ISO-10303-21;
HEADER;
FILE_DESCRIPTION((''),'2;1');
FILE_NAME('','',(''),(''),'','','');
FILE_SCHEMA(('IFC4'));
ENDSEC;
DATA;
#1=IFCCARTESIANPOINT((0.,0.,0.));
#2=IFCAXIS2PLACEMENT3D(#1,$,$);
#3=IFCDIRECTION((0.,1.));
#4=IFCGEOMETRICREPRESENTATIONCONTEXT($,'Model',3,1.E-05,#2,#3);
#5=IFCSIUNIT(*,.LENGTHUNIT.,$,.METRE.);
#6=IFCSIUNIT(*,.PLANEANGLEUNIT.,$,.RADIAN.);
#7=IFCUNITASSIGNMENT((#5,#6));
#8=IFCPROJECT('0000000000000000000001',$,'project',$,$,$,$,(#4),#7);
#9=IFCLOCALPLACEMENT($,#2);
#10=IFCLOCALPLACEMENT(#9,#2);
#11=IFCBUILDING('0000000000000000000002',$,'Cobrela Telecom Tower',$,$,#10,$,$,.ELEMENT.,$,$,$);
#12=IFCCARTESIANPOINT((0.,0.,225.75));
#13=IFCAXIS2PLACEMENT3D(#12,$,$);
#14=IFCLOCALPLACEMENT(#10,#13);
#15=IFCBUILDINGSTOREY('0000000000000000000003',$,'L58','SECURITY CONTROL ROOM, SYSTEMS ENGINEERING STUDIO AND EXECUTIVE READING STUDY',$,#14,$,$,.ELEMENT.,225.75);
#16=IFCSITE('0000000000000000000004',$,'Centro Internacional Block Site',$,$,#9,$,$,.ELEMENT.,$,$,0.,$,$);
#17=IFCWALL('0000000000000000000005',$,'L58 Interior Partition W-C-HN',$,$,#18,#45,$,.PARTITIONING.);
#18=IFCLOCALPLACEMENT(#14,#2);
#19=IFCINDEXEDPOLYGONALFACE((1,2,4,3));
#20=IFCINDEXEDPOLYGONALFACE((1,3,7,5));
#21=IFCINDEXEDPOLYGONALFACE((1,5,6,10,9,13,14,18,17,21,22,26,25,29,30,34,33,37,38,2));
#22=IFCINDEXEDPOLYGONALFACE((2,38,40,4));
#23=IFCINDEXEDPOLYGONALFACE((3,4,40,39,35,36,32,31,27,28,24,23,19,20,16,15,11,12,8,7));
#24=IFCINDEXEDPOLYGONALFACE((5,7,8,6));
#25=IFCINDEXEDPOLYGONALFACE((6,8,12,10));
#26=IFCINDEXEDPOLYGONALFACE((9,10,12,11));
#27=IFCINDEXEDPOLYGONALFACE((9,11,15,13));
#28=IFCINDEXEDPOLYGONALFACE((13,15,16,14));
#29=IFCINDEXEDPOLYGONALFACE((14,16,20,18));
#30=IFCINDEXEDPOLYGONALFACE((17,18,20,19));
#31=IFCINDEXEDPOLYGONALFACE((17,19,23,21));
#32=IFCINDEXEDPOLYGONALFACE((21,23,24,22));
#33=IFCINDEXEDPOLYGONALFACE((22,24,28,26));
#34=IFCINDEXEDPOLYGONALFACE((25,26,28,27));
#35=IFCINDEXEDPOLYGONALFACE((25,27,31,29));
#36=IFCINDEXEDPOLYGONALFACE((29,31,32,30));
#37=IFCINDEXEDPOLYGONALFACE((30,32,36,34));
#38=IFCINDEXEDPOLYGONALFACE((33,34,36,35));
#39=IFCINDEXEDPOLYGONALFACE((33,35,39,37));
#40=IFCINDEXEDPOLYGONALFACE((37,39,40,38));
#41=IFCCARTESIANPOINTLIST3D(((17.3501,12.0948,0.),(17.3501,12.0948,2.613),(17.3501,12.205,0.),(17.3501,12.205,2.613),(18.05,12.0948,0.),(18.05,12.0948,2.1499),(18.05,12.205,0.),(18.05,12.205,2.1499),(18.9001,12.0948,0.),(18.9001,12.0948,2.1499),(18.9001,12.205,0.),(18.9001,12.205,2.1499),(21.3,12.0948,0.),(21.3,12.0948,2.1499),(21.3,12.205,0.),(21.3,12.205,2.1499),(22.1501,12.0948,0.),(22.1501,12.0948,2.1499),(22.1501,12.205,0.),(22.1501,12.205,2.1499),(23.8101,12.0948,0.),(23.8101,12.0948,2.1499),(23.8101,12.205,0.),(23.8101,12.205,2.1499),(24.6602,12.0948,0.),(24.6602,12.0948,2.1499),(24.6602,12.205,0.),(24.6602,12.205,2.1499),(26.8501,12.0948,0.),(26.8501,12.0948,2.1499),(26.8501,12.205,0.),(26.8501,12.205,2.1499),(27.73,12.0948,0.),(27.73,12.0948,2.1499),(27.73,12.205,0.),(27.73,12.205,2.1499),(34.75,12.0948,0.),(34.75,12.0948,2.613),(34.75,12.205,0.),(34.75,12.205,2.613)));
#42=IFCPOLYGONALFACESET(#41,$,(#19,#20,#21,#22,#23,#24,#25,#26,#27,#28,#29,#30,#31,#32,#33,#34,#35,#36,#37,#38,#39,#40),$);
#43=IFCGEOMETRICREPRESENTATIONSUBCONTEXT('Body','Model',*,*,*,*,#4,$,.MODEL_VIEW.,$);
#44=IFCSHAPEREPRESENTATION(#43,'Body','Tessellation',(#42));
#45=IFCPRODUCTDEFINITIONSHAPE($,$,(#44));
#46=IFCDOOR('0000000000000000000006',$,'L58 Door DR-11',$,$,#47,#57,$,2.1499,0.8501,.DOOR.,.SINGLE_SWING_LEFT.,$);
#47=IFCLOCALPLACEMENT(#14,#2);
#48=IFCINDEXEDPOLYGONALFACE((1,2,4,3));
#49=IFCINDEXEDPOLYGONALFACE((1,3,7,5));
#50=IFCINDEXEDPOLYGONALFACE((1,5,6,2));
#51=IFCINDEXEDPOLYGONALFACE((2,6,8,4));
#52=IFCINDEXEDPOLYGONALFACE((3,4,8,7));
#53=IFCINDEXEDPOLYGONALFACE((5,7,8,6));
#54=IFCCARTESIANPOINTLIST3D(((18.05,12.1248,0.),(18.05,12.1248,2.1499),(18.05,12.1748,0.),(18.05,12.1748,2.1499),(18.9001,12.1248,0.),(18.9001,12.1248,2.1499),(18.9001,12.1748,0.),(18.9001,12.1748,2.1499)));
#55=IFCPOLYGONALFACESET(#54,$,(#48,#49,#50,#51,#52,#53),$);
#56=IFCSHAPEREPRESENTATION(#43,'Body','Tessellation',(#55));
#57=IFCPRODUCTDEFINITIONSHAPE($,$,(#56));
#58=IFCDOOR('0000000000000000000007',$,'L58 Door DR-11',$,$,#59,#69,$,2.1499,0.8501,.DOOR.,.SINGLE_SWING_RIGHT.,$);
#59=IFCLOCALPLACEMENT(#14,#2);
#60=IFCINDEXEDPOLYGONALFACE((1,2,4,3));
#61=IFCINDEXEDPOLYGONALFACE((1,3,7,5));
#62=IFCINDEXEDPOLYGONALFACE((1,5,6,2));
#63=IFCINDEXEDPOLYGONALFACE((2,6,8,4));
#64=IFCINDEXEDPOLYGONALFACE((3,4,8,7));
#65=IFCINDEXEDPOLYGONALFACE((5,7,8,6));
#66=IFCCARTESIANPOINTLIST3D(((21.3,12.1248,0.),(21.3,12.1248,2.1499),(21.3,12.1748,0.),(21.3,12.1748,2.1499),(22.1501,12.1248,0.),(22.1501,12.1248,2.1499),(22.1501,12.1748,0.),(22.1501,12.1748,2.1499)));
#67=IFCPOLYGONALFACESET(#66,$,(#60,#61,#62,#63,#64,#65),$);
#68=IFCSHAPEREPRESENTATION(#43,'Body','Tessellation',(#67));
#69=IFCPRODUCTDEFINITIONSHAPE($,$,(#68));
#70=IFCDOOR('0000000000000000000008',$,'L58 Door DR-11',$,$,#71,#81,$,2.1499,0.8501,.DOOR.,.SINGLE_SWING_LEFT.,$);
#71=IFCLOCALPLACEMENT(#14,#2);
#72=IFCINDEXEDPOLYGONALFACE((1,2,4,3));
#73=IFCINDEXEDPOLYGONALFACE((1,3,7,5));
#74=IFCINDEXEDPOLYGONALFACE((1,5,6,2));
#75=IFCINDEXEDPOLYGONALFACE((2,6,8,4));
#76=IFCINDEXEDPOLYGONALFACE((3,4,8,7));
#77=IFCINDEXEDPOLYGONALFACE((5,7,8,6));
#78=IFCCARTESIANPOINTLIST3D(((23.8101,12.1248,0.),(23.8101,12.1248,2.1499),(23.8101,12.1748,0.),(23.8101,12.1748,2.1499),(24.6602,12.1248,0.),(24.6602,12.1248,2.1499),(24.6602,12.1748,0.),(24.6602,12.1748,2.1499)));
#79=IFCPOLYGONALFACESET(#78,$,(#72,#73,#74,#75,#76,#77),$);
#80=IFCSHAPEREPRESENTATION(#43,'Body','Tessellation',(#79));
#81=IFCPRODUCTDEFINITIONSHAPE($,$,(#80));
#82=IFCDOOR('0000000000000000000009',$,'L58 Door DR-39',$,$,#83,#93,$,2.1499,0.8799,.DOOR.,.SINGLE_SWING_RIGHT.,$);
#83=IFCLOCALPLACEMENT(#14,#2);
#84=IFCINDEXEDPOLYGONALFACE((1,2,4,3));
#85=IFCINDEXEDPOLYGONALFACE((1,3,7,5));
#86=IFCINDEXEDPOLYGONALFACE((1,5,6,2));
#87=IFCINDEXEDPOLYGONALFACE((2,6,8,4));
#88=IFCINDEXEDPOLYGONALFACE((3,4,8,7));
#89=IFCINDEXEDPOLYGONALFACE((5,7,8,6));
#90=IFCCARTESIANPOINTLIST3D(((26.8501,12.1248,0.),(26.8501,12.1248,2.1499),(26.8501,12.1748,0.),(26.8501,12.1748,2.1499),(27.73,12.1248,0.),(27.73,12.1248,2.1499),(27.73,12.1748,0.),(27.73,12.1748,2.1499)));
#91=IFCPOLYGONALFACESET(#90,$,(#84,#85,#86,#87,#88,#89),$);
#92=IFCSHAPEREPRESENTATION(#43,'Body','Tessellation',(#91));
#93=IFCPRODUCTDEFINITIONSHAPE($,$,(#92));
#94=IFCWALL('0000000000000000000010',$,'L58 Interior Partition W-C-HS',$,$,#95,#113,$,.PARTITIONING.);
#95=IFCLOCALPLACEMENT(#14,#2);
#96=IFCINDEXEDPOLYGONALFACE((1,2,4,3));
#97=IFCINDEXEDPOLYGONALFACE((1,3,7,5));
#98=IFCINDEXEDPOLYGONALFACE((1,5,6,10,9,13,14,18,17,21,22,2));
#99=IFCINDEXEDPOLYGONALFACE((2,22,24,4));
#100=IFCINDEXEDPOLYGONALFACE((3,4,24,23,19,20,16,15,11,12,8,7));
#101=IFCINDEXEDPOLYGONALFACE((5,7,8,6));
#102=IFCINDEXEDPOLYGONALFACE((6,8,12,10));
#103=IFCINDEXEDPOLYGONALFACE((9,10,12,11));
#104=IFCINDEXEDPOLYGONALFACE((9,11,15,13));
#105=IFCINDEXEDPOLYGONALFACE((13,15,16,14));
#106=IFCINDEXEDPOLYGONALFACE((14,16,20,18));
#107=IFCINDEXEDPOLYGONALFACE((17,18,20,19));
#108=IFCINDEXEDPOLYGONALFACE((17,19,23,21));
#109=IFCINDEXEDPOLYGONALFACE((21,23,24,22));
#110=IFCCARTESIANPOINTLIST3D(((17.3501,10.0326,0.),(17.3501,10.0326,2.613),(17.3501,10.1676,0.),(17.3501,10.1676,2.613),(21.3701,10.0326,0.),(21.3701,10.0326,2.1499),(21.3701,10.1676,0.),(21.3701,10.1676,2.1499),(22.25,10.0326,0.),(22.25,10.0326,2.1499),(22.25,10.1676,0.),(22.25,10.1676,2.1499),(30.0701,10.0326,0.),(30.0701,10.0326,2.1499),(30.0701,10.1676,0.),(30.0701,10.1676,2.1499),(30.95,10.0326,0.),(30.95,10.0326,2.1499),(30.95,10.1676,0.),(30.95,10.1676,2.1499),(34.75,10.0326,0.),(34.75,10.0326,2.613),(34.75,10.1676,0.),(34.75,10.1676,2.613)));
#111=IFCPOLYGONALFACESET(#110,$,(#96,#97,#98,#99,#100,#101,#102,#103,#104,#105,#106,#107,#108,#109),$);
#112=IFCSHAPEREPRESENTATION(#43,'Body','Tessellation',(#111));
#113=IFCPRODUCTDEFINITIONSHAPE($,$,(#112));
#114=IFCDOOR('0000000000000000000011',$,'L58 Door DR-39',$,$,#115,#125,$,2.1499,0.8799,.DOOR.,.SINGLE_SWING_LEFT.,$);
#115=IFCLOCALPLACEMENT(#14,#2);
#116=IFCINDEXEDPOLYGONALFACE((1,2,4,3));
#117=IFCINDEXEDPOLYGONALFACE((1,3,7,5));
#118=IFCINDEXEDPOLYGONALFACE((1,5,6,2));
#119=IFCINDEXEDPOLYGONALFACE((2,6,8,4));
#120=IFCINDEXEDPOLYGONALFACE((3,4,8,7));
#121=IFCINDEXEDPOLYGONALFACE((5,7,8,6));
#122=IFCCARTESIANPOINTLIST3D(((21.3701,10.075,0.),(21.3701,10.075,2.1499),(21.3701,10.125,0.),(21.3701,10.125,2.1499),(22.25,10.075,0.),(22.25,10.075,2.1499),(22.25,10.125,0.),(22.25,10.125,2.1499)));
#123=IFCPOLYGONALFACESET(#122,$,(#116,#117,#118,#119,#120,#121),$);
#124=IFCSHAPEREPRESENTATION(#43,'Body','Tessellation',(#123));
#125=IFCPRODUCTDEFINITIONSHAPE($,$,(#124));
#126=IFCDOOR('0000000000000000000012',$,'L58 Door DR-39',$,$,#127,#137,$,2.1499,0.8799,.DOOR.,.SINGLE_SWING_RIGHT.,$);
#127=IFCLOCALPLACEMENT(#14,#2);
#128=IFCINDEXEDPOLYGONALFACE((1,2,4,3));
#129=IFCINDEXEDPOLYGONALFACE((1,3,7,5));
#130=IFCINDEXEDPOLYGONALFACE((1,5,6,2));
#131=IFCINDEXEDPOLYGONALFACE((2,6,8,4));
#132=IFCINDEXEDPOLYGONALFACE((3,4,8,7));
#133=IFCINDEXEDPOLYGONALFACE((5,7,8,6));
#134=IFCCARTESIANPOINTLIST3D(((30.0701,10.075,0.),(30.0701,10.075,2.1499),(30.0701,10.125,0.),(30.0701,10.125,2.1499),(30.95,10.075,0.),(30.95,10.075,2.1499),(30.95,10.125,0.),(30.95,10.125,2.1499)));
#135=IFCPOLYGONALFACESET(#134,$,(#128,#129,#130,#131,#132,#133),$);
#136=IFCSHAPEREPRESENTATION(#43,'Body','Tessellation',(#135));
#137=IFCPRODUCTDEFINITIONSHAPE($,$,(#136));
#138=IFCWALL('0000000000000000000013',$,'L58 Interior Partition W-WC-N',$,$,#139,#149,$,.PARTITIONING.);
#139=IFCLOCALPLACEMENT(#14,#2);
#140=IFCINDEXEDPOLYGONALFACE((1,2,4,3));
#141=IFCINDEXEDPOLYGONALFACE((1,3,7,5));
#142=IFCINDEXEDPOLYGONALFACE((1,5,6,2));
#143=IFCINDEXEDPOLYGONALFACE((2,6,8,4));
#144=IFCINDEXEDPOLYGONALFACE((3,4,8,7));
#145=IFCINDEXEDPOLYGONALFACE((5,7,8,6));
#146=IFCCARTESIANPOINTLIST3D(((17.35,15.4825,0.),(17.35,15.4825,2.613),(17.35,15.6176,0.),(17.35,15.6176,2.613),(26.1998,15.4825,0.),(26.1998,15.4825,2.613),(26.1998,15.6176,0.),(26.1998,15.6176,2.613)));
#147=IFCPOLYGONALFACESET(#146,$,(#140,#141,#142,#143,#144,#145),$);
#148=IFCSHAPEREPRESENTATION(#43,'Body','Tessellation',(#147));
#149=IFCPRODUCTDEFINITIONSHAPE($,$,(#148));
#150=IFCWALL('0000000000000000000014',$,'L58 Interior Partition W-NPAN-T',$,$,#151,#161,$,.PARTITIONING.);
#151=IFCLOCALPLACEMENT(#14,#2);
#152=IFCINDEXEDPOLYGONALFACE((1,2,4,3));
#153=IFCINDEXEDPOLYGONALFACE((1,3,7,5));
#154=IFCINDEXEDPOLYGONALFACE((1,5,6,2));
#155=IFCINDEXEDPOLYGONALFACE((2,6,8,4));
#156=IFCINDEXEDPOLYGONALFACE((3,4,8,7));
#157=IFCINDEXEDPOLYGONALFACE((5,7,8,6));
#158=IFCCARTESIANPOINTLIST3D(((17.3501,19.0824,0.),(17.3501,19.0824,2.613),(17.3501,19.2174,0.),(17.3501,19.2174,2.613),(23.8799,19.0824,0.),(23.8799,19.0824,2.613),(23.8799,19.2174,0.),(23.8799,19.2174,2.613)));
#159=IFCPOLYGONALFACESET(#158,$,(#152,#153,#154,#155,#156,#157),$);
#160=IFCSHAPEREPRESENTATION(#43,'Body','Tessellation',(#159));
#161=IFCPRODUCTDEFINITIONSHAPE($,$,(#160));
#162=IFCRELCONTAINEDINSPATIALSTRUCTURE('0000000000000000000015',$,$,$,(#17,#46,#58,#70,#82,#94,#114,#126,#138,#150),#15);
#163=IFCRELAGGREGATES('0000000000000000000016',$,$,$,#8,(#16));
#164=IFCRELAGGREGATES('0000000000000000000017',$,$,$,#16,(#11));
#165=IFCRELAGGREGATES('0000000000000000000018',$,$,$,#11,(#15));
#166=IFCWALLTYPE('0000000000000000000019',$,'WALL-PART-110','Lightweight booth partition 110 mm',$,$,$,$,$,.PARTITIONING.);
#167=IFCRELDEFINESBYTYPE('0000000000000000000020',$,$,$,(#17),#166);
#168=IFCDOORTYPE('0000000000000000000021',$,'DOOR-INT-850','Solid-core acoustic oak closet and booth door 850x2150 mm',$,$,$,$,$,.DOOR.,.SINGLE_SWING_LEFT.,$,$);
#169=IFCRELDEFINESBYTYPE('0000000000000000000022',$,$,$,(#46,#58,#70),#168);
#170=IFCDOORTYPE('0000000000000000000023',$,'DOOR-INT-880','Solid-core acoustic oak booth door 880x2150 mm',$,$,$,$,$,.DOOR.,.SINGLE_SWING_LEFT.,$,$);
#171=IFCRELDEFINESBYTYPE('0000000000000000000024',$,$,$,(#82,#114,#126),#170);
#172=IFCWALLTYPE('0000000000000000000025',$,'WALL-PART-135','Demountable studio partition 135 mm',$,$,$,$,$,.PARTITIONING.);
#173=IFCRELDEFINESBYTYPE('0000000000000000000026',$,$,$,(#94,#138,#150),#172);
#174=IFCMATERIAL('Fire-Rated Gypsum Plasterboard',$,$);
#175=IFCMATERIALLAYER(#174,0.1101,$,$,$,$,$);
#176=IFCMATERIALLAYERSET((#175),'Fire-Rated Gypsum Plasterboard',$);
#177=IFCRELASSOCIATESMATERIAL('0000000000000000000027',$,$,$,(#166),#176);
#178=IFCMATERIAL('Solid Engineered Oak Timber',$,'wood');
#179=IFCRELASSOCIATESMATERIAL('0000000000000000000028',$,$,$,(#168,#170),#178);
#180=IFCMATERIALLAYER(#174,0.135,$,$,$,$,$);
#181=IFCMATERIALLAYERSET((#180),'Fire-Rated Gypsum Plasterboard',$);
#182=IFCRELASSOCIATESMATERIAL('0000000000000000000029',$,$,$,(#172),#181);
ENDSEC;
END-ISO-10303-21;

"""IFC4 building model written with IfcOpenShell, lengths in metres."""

from ifc_helpers import new_model, si_unit, direction, frame, frame_2d, origin, place, context, subcontext, project, spatial, rectangle, extrude, material, layer, layer_set, type_object, element, fill, save


model = new_model("IFC4")

# Units and contexts
model_context = context("Model", 3, precision=1e-05, world=origin(), true_north=direction((0.0, 1.0)))
body_context = subcontext(model_context, "Body", "Model", "MODEL_VIEW")
ifc_project = project(units=[si_unit("LENGTHUNIT", "METRE"), si_unit("PLANEANGLEUNIT", "RADIAN")], contexts=[model_context])

# Site, building, storey
site_placement = place(None, origin())
site = spatial("IfcSite", under=ifc_project, at=site_placement, Name="Centro Internacional Block Site", CompositionType="ELEMENT", RefElevation=0.0)
building_placement = place(site_placement, origin())
building = spatial("IfcBuilding", under=site, at=building_placement, Name="Cobrela Telecom Tower", CompositionType="ELEMENT")
storey_placement = place(building_placement, frame((0.0, 0.0, 225.75)))
storey = spatial("IfcBuildingStorey", under=building, at=storey_placement, Name="L58", Description="SECURITY CONTROL ROOM, SYSTEMS ENGINEERING STUDIO AND EXECUTIVE READING STUDY", CompositionType="ELEMENT", Elevation=225.75)

# Wall, openings, doors
ifc_material_1 = material(Name="Fire-Rated Gypsum Plasterboard")
ifc_layer_1 = layer(ifc_material_1, 0.1101)
ifc_layer_set_1 = layer_set([ifc_layer_1], Name="Fire-Rated Gypsum Plasterboard")
wall_type_1 = type_object("IfcWallType", Name="WALL-PART-110", Description="Lightweight booth partition 110 mm", PredefinedType="PARTITIONING", material=ifc_layer_set_1)
wall_1_placement = place(storey_placement, frame((17.3501, 12.1499, 0.0), z_axis=(0.0, 0.0, 1.0), x_axis=(1.0, 0.0, 0.0)))
wall_1 = element("IfcWall", 1, at=wall_1_placement, inside=storey, type_object=wall_type_1, Name="L58 Interior Partition W-C-HN", PredefinedType="PARTITIONING", context=body_context, shape_type="SweptSolid", body=[
    extrude(rectangle(XDim=17.3999, YDim=0.1101, at=frame_2d((8.7, 0.0))), origin(), (0.0, 0.0, 1.0), 2.613),
])
opening_1_placement = place(wall_1_placement, frame((0.7, 0.0, 0.0)))
opening_1 = element("IfcOpeningElement", 2, at=opening_1_placement, cuts=wall_1, PredefinedType="OPENING", context=body_context, shape_type="SweptSolid", body=[
    extrude(rectangle(XDim=0.8501, YDim=2.1499, at=frame_2d((0.425, 1.075))), frame((0.0, 0.0669, 0.0), z_axis=(0.0, -1.0, 0.0), x_axis=(1.0, 0.0, 0.0)), (0.0, 0.0, 1.0), 0.134),
])
opening_2_placement = place(wall_1_placement, frame((3.95, 0.0, 0.0)))
opening_2 = element("IfcOpeningElement", 3, at=opening_2_placement, cuts=wall_1, PredefinedType="OPENING", context=body_context, shape_type="SweptSolid", body=[
    extrude(rectangle(XDim=0.8501, YDim=2.1499, at=frame_2d((0.425, 1.075))), frame((0.0, 0.0669, 0.0), z_axis=(0.0, -1.0, 0.0), x_axis=(1.0, 0.0, 0.0)), (0.0, 0.0, 1.0), 0.134),
])
opening_3_placement = place(wall_1_placement, frame((6.46, 0.0, 0.0)))
opening_3 = element("IfcOpeningElement", 4, at=opening_3_placement, cuts=wall_1, PredefinedType="OPENING", context=body_context, shape_type="SweptSolid", body=[
    extrude(rectangle(XDim=0.8501, YDim=2.1499, at=frame_2d((0.425, 1.075))), frame((0.0, 0.0669, 0.0), z_axis=(0.0, -1.0, 0.0), x_axis=(1.0, 0.0, 0.0)), (0.0, 0.0, 1.0), 0.134),
])
opening_4_placement = place(wall_1_placement, frame((9.5, 0.0, 0.0)))
opening_4 = element("IfcOpeningElement", 5, at=opening_4_placement, cuts=wall_1, PredefinedType="OPENING", context=body_context, shape_type="SweptSolid", body=[
    extrude(rectangle(XDim=0.8799, YDim=2.1499, at=frame_2d((0.4399, 1.075))), frame((0.0, 0.0669, 0.0), z_axis=(0.0, -1.0, 0.0), x_axis=(1.0, 0.0, 0.0)), (0.0, 0.0, 1.0), 0.134),
])
ifc_material_2 = material(Name="Solid Engineered Oak Timber", Category="wood")
door_type_1 = type_object("IfcDoorType", Name="DOOR-INT-850", Description="Solid-core acoustic oak closet and booth door 850x2150 mm", OperationType="SINGLE_SWING_LEFT", PredefinedType="DOOR", material=ifc_material_2)
door_1_placement = place(opening_1_placement, origin())
door_1 = element("IfcDoor", 6, at=door_1_placement, inside=storey, type_object=door_type_1, Name="L58 Door DR-11", OperationType="SINGLE_SWING_LEFT", OverallHeight=2.1499, OverallWidth=0.8501, PredefinedType="DOOR", context=body_context, shape_type="SweptSolid", body=[
    extrude(rectangle(XDim=0.8501, YDim=2.1499, at=frame_2d((0.425, 1.075))), frame((0.0, 0.0249, 0.0), z_axis=(0.0, -1.0, 0.0), x_axis=(1.0, 0.0, 0.0)), (0.0, 0.0, 1.0), 0.05),
])
fill(opening_1, door_1)
door_2_placement = place(opening_2_placement, origin())
door_2 = element("IfcDoor", 7, at=door_2_placement, inside=storey, type_object=door_type_1, Name="L58 Door DR-11", OperationType="SINGLE_SWING_RIGHT", OverallHeight=2.1499, OverallWidth=0.8501, PredefinedType="DOOR", context=body_context, shape_type="SweptSolid", body=[
    extrude(rectangle(XDim=0.8501, YDim=2.1499, at=frame_2d((0.425, 1.075))), frame((0.0, 0.0249, 0.0), z_axis=(0.0, -1.0, 0.0), x_axis=(1.0, 0.0, 0.0)), (0.0, 0.0, 1.0), 0.05),
])
fill(opening_2, door_2)
door_3_placement = place(opening_3_placement, origin())
door_3 = element("IfcDoor", 8, at=door_3_placement, inside=storey, type_object=door_type_1, Name="L58 Door DR-11", OperationType="SINGLE_SWING_LEFT", OverallHeight=2.1499, OverallWidth=0.8501, PredefinedType="DOOR", context=body_context, shape_type="SweptSolid", body=[
    extrude(rectangle(XDim=0.8501, YDim=2.1499, at=frame_2d((0.425, 1.075))), frame((0.0, 0.0249, 0.0), z_axis=(0.0, -1.0, 0.0), x_axis=(1.0, 0.0, 0.0)), (0.0, 0.0, 1.0), 0.05),
])
fill(opening_3, door_3)
door_type_2 = type_object("IfcDoorType", Name="DOOR-INT-880", Description="Solid-core acoustic oak booth door 880x2150 mm", OperationType="SINGLE_SWING_LEFT", PredefinedType="DOOR", material=ifc_material_2)
door_4_placement = place(opening_4_placement, origin())
door_4 = element("IfcDoor", 9, at=door_4_placement, inside=storey, type_object=door_type_2, Name="L58 Door DR-39", OperationType="SINGLE_SWING_RIGHT", OverallHeight=2.1499, OverallWidth=0.8799, PredefinedType="DOOR", context=body_context, shape_type="SweptSolid", body=[
    extrude(rectangle(XDim=0.8799, YDim=2.1499, at=frame_2d((0.4399, 1.075))), frame((0.0, 0.0249, 0.0), z_axis=(0.0, -1.0, 0.0), x_axis=(1.0, 0.0, 0.0)), (0.0, 0.0, 1.0), 0.05),
])
fill(opening_4, door_4)

# Shared definitions
ifc_layer_2 = layer(ifc_material_1, 0.135)
ifc_layer_set_2 = layer_set([ifc_layer_2], Name="Fire-Rated Gypsum Plasterboard")
wall_type_2 = type_object("IfcWallType", Name="WALL-PART-135", Description="Demountable studio partition 135 mm", PredefinedType="PARTITIONING", material=ifc_layer_set_2)

# Wall, openings, doors
wall_2_placement = place(storey_placement, frame((17.3501, 10.1001, 0.0), z_axis=(0.0, 0.0, 1.0), x_axis=(1.0, 0.0, 0.0)))
wall_2 = element("IfcWall", 10, at=wall_2_placement, inside=storey, type_object=wall_type_2, Name="L58 Interior Partition W-C-HS", PredefinedType="PARTITIONING", context=body_context, shape_type="SweptSolid", body=[
    extrude(rectangle(XDim=17.3999, YDim=0.135, at=frame_2d((8.7, 0.0))), origin(), (0.0, 0.0, 1.0), 2.613),
])
opening_5_placement = place(wall_2_placement, frame((4.02, 0.0, 0.0)))
opening_5 = element("IfcOpeningElement", 11, at=opening_5_placement, cuts=wall_2, PredefinedType="OPENING", context=body_context, shape_type="SweptSolid", body=[
    extrude(rectangle(XDim=0.8799, YDim=2.1499, at=frame_2d((0.4399, 1.075))), frame((0.0, 0.0796, 0.0), z_axis=(0.0, -1.0, 0.0), x_axis=(1.0, 0.0, 0.0)), (0.0, 0.0, 1.0), 0.1589),
])
opening_6_placement = place(wall_2_placement, frame((12.72, 0.0, 0.0)))
opening_6 = element("IfcOpeningElement", 12, at=opening_6_placement, cuts=wall_2, PredefinedType="OPENING", context=body_context, shape_type="SweptSolid", body=[
    extrude(rectangle(XDim=0.8799, YDim=2.1499, at=frame_2d((0.4399, 1.075))), frame((0.0, 0.0796, 0.0), z_axis=(0.0, -1.0, 0.0), x_axis=(1.0, 0.0, 0.0)), (0.0, 0.0, 1.0), 0.1589),
])
door_5_placement = place(opening_5_placement, origin())
door_5 = element("IfcDoor", 13, at=door_5_placement, inside=storey, type_object=door_type_2, Name="L58 Door DR-39", OperationType="SINGLE_SWING_LEFT", OverallHeight=2.1499, OverallWidth=0.8799, PredefinedType="DOOR", context=body_context, shape_type="SweptSolid", body=[
    extrude(rectangle(XDim=0.8799, YDim=2.1499, at=frame_2d((0.4399, 1.075))), frame((0.0, 0.0249, 0.0), z_axis=(0.0, -1.0, 0.0), x_axis=(1.0, 0.0, 0.0)), (0.0, 0.0, 1.0), 0.05),
])
fill(opening_5, door_5)
door_6_placement = place(opening_6_placement, origin())
door_6 = element("IfcDoor", 14, at=door_6_placement, inside=storey, type_object=door_type_2, Name="L58 Door DR-39", OperationType="SINGLE_SWING_RIGHT", OverallHeight=2.1499, OverallWidth=0.8799, PredefinedType="DOOR", context=body_context, shape_type="SweptSolid", body=[
    extrude(rectangle(XDim=0.8799, YDim=2.1499, at=frame_2d((0.4399, 1.075))), frame((0.0, 0.0249, 0.0), z_axis=(0.0, -1.0, 0.0), x_axis=(1.0, 0.0, 0.0)), (0.0, 0.0, 1.0), 0.05),
])
fill(opening_6, door_6)

# Walls
wall_3_placement = place(storey_placement, frame((17.3501, 15.55, 0.0), z_axis=(0.0, 0.0, 1.0), x_axis=(1.0, 0.0, 0.0)))
element("IfcWall", 15, at=wall_3_placement, inside=storey, type_object=wall_type_2, Name="L58 Interior Partition W-WC-N", PredefinedType="PARTITIONING", context=body_context, shape_type="SweptSolid", body=[
    extrude(rectangle(XDim=8.8499, YDim=0.135, at=frame_2d((4.4248, 0.0))), origin(), (0.0, 0.0, 1.0), 2.613),
])
wall_4_placement = place(storey_placement, frame((17.3501, 19.1499, 0.0), z_axis=(0.0, 0.0, 1.0), x_axis=(1.0, 0.0, 0.0)))
element("IfcWall", 16, at=wall_4_placement, inside=storey, type_object=wall_type_2, Name="L58 Interior Partition W-NPAN-T", PredefinedType="PARTITIONING", context=body_context, shape_type="SweptSolid", body=[
    extrude(rectangle(XDim=6.5298, YDim=0.135, at=frame_2d((3.2649, 0.0))), origin(), (0.0, 0.0, 1.0), 2.613),
])

save(model, "model.ifc")
